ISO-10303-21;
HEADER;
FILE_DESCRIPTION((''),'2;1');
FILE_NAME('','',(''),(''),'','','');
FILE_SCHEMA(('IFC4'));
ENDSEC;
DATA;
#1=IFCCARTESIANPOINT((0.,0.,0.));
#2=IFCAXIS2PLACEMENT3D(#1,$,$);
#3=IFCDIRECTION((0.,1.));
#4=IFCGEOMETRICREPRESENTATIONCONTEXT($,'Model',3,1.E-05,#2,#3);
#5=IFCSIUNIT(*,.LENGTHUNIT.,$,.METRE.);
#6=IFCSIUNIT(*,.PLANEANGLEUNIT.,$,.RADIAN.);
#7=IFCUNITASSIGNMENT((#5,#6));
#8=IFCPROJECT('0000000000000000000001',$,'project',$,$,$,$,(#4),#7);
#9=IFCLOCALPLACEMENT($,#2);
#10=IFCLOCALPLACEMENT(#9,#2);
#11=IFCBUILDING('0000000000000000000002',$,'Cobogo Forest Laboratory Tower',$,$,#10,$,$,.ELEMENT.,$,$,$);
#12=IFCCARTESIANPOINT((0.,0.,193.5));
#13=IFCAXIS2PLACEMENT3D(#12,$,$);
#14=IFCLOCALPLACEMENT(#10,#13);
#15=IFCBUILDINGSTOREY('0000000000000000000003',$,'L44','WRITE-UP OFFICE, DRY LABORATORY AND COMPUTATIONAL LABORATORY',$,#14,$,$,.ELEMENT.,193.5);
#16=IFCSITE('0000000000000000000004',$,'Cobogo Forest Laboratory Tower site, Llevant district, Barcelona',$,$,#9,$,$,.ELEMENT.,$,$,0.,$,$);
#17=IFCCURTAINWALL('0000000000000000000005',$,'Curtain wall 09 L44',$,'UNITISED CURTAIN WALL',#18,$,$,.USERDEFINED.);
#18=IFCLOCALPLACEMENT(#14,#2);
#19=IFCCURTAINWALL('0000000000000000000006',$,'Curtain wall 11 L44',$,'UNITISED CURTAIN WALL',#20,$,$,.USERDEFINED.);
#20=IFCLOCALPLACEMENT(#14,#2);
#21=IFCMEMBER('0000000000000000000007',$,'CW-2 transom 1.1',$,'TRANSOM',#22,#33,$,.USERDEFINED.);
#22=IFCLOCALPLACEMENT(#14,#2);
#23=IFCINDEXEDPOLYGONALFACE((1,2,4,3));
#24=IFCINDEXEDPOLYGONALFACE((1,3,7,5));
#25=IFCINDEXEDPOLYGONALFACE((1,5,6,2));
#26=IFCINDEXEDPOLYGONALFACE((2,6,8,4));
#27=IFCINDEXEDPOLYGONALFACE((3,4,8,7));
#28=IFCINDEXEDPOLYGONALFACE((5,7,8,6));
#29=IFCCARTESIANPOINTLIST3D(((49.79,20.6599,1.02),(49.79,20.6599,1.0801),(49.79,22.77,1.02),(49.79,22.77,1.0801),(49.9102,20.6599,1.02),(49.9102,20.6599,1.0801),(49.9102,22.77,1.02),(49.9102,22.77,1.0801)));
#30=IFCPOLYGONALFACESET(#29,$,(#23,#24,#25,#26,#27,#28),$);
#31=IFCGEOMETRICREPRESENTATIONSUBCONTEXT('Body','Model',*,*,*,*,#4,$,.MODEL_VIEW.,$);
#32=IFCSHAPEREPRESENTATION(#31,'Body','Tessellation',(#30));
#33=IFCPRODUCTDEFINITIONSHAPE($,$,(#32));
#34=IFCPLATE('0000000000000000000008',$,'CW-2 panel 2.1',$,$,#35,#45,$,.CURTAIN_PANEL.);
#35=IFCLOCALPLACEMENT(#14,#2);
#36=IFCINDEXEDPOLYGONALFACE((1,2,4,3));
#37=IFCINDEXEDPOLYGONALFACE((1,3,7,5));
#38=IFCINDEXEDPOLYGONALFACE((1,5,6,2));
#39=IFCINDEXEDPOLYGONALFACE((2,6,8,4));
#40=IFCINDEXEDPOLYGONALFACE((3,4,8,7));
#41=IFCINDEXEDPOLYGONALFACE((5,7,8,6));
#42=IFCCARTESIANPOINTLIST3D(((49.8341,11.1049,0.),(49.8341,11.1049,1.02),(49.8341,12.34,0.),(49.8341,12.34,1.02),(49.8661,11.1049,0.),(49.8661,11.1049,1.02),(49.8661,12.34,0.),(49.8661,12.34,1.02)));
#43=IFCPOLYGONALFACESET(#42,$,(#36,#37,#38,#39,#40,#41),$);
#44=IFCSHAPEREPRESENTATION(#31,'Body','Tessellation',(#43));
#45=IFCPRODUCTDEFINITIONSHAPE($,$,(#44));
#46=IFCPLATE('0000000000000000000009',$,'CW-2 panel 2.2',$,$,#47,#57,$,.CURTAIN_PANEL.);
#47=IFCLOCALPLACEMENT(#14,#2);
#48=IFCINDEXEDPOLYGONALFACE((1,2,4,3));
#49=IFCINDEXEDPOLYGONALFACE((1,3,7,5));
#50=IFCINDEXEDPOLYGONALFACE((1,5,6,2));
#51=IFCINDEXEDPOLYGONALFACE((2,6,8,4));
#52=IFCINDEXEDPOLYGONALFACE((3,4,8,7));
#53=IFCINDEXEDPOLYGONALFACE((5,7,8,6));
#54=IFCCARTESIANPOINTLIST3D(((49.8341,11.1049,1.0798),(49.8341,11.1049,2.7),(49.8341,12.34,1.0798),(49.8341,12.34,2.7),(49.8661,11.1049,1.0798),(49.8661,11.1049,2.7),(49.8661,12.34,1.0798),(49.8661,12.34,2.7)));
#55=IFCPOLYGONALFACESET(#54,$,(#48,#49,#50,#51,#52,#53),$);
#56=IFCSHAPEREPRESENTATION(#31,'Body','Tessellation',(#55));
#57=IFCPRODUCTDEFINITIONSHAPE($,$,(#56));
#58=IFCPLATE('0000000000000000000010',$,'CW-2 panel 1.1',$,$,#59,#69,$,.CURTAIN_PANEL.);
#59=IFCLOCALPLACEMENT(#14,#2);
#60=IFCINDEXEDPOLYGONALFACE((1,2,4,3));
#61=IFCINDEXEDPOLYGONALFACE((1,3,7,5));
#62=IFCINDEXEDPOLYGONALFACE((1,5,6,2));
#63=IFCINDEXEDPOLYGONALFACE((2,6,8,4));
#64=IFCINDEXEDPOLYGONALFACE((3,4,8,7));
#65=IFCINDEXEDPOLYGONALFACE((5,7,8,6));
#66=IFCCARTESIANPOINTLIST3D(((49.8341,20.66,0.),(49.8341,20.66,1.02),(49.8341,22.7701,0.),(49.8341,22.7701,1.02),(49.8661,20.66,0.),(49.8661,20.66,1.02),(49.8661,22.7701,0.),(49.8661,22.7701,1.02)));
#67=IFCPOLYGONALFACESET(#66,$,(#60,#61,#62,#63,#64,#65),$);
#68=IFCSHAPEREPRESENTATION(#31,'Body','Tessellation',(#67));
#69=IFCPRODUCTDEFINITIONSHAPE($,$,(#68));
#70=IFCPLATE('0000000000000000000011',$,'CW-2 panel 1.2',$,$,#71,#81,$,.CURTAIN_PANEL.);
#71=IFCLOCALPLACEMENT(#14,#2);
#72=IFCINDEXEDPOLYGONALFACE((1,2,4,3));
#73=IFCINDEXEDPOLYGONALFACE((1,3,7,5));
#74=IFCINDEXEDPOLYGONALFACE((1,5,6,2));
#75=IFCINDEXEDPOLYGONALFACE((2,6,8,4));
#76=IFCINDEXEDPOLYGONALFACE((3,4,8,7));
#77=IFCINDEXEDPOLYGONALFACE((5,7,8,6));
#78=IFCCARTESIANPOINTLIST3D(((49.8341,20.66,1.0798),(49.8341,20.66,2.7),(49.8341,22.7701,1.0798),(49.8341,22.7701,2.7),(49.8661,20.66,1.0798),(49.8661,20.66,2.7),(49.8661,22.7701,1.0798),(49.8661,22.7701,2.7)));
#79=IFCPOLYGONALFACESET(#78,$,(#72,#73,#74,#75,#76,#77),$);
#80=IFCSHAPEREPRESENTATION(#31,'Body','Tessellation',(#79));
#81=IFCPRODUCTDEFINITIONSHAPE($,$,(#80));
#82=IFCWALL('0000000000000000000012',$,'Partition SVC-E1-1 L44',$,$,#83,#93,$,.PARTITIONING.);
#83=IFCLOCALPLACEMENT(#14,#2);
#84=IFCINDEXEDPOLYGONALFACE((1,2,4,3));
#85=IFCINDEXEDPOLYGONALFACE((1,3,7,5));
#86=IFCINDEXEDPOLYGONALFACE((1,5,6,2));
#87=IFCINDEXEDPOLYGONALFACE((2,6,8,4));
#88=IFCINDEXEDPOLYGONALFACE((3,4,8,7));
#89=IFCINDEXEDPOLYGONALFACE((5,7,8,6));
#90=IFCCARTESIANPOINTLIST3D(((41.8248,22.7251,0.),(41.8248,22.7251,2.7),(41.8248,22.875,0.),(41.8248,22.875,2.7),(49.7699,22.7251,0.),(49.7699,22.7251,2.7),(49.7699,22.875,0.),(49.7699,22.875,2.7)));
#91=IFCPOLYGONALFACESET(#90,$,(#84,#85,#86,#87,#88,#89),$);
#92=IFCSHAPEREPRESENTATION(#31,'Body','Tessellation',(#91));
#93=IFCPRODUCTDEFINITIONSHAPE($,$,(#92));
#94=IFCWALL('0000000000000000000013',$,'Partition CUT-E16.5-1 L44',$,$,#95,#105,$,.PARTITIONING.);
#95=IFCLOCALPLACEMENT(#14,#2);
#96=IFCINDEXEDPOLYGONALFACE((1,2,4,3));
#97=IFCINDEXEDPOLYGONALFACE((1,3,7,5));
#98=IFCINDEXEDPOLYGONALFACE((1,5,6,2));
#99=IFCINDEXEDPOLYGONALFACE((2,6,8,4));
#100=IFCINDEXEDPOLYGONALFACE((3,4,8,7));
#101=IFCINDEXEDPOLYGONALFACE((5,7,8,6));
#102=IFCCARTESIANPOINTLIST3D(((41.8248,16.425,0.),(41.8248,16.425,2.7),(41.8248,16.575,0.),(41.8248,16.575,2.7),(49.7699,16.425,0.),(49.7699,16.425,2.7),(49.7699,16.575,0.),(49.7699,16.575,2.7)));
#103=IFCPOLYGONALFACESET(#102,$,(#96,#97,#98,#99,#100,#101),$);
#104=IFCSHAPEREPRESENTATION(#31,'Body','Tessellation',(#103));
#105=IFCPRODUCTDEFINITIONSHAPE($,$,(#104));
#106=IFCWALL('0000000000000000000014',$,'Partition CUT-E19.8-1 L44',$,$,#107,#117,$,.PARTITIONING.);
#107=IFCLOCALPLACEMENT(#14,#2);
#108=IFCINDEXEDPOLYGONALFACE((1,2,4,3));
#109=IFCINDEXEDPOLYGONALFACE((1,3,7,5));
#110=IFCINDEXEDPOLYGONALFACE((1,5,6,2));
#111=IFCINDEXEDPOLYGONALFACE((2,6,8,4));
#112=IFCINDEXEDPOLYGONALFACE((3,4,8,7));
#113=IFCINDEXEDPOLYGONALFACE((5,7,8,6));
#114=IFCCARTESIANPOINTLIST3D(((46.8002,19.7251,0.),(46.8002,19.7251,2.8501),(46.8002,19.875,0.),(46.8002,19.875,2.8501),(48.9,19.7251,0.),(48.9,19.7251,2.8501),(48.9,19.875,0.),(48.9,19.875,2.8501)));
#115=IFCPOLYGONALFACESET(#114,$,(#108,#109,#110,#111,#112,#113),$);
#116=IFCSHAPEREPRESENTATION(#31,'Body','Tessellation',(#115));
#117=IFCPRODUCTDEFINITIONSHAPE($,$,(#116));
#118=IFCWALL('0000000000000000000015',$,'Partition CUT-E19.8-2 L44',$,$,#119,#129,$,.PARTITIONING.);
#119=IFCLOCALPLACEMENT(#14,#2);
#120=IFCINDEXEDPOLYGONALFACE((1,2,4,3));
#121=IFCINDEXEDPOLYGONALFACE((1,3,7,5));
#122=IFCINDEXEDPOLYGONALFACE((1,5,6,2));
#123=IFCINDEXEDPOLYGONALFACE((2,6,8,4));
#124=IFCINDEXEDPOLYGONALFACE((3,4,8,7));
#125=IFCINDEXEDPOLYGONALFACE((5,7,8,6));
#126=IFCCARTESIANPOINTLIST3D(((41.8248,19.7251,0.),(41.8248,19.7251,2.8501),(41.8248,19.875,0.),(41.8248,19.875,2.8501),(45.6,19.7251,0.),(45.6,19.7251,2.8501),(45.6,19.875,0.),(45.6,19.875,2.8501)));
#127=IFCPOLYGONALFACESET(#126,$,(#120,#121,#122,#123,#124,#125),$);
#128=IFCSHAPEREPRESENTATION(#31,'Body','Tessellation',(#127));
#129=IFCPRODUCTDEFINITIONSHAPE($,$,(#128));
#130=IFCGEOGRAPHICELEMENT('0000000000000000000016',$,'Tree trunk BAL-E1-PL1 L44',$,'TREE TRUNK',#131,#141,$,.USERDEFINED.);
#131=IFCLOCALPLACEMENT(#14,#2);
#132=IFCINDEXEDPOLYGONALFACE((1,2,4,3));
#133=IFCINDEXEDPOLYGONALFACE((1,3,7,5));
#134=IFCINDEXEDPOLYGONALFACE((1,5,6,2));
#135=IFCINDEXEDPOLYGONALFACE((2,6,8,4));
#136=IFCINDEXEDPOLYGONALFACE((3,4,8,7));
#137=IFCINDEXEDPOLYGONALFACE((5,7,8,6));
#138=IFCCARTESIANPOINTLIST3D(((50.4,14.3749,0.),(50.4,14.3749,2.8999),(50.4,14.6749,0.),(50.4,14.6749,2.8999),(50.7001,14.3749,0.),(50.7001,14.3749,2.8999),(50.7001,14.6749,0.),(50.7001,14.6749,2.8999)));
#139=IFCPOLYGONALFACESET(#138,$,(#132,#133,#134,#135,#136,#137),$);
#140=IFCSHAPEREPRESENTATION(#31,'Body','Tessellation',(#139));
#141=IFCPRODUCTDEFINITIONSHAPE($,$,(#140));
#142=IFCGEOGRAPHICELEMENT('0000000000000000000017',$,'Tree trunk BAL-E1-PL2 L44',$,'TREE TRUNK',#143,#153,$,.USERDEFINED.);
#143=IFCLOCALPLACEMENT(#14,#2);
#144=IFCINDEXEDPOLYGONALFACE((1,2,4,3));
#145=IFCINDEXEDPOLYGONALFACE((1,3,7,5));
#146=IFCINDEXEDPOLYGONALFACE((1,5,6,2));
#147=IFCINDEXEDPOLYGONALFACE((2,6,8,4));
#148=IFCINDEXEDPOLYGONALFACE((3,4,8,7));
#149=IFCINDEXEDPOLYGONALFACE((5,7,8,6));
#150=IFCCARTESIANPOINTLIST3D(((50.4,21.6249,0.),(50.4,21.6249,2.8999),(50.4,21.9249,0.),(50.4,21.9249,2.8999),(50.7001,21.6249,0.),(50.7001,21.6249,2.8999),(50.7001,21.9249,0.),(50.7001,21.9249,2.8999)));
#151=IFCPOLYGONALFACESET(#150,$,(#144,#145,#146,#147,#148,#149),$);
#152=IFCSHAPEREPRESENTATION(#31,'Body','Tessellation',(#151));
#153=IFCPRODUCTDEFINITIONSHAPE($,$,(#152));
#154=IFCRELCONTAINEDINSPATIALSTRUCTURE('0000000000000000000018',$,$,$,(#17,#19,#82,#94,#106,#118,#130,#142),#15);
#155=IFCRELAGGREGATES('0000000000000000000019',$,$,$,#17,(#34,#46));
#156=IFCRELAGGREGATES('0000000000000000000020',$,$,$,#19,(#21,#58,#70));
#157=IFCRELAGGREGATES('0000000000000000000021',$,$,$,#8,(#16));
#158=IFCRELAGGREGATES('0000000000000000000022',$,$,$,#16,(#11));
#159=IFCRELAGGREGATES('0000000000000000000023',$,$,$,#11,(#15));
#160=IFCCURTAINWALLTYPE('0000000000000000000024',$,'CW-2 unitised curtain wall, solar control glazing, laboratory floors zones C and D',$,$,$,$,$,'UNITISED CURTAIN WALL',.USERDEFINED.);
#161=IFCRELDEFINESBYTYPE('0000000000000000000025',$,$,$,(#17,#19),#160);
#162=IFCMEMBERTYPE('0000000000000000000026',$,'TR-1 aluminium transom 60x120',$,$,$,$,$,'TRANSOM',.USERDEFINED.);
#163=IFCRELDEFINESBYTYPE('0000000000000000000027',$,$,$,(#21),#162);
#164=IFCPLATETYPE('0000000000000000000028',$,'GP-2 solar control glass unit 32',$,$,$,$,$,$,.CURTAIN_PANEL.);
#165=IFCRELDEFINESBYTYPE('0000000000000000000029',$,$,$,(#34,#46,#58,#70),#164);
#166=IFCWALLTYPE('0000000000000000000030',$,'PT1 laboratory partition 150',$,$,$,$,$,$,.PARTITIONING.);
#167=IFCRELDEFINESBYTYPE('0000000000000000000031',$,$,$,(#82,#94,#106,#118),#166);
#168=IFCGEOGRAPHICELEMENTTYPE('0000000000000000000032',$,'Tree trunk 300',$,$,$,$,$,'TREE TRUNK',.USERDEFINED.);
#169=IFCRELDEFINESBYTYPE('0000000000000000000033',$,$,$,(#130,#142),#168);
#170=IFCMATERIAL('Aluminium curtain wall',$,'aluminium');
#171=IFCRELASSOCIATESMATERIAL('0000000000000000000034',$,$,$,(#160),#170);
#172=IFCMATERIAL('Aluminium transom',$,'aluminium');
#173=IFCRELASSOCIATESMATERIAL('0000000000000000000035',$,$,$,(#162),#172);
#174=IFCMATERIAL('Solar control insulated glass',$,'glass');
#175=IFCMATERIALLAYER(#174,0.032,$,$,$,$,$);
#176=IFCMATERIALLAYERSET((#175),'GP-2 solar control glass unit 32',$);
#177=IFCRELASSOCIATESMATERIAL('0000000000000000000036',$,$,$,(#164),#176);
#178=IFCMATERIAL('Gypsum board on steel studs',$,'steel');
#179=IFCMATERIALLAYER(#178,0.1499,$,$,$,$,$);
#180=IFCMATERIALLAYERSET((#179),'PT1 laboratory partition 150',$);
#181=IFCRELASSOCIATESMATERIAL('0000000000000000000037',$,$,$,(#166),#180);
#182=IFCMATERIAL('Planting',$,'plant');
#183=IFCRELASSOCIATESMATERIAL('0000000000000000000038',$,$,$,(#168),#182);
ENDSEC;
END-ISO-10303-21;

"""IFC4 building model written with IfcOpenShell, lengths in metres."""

from ifc_helpers import new_model, si_unit, direction, frame, frame_2d, origin, origin_2d, place, context, subcontext, project, spatial, rectangle, extrude, material, layer, layer_set, material_profile, profile_set, type_object, element, aggregate, save


model = new_model("IFC4")

# Units and contexts
model_context = context("Model", 3, precision=1e-05, world=origin(), true_north=direction((0.0, 1.0)))
body_context = subcontext(model_context, "Body", "Model", "MODEL_VIEW")
ifc_project = project(units=[si_unit("LENGTHUNIT", "METRE"), si_unit("PLANEANGLEUNIT", "RADIAN")], contexts=[model_context])

# Site, building, storey
site_placement = place(None, origin())
site = spatial("IfcSite", under=ifc_project, at=site_placement, Name="Cobogo Forest Laboratory Tower site, Llevant district, Barcelona", CompositionType="ELEMENT", RefElevation=0.0)
building_placement = place(site_placement, origin())
building = spatial("IfcBuilding", under=site, at=building_placement, Name="Cobogo Forest Laboratory Tower", CompositionType="ELEMENT")
storey_placement = place(building_placement, frame((0.0, 0.0, 193.5)))
storey = spatial("IfcBuildingStorey", under=building, at=storey_placement, Name="L44", Description="WRITE-UP OFFICE, DRY LABORATORY AND COMPUTATIONAL LABORATORY", CompositionType="ELEMENT", Elevation=193.5)

# Curtain wall
ifc_material_1 = material(Name="Aluminium curtain wall", Category="aluminium")
curtain_wall_type = type_object("IfcCurtainWallType", Name="CW-2 unitised curtain wall, solar control glazing, laboratory floors zones C and D", ElementType="UNITISED CURTAIN WALL", PredefinedType="USERDEFINED", material=ifc_material_1)
curtain_wall_1_placement = place(storey_placement, origin())
curtain_wall_1 = element("IfcCurtainWall", 1, at=curtain_wall_1_placement, inside=storey, type_object=curtain_wall_type, Name="Curtain wall 09 L44", ObjectType="UNITISED CURTAIN WALL", PredefinedType="USERDEFINED")

# Curtain wall
curtain_wall_2_placement = place(storey_placement, origin())
curtain_wall_2 = element("IfcCurtainWall", 2, at=curtain_wall_2_placement, inside=storey, type_object=curtain_wall_type, Name="Curtain wall 11 L44", ObjectType="UNITISED CURTAIN WALL", PredefinedType="USERDEFINED")

# Member
ifc_material_2 = material(Name="Aluminium transom", Category="aluminium")
ifc_material_profile_1 = material_profile(ifc_material_2, rectangle(XDim=0.1201, YDim=0.0601, at=origin_2d()), Name="AL 60x120")
ifc_profile_set_1 = profile_set([ifc_material_profile_1], Name="Aluminium transom")
member_type_1 = type_object("IfcMemberType", Name="TR-1 aluminium transom 60x120", ElementType="TRANSOM", PredefinedType="USERDEFINED", material=ifc_profile_set_1)
member_1_placement = place(storey_placement, frame((49.8501, 20.6599, 1.05), z_axis=(0.0, 1.0, 0.0), x_axis=(-1.0, 0.0, 0.0)))
member_1 = element("IfcMember", 3, at=member_1_placement, type_object=member_type_1, Name="CW-2 transom 1.1", ObjectType="TRANSOM", PredefinedType="USERDEFINED", context=body_context, shape_type="SweptSolid", body=[
    extrude(rectangle(XDim=0.1201, YDim=0.0601, at=origin_2d()), origin(), (0.0, 0.0, 1.0), 2.1101),
])

# Plates
ifc_material_3 = material(Name="Solar control insulated glass", Category="glass")
ifc_layer_1 = layer(ifc_material_3, 0.032)
ifc_layer_set_1 = layer_set([ifc_layer_1], Name="GP-2 solar control glass unit 32")
plate_type = type_object("IfcPlateType", Name="GP-2 solar control glass unit 32", PredefinedType="CURTAIN_PANEL", material=ifc_layer_set_1)
plate_1_placement = place(storey_placement, frame((49.8501, 11.7224, 0.0), z_axis=(0.0, 0.0, 1.0), x_axis=(0.0, 1.0, 0.0)))
plate_1 = element("IfcPlate", 4, at=plate_1_placement, type_object=plate_type, Name="CW-2 panel 2.1", PredefinedType="CURTAIN_PANEL", context=body_context, shape_type="SweptSolid", body=[
    extrude(rectangle(XDim=1.2351, YDim=0.032, at=origin_2d()), origin(), (0.0, 0.0, 1.0), 1.02),
])
plate_2_placement = place(storey_placement, frame((49.8501, 11.7224, 1.0798), z_axis=(0.0, 0.0, 1.0), x_axis=(0.0, 1.0, 0.0)))
plate_2 = element("IfcPlate", 5, at=plate_2_placement, type_object=plate_type, Name="CW-2 panel 2.2", PredefinedType="CURTAIN_PANEL", context=body_context, shape_type="SweptSolid", body=[
    extrude(rectangle(XDim=1.2351, YDim=0.032, at=origin_2d()), origin(), (0.0, 0.0, 1.0), 1.6201),
])
aggregate(curtain_wall_1, [plate_1, plate_2])
plate_3_placement = place(storey_placement, frame((49.8501, 21.7151, 0.0), z_axis=(0.0, 0.0, 1.0), x_axis=(0.0, 1.0, 0.0)))
plate_3 = element("IfcPlate", 6, at=plate_3_placement, type_object=plate_type, Name="CW-2 panel 1.1", PredefinedType="CURTAIN_PANEL", context=body_context, shape_type="SweptSolid", body=[
    extrude(rectangle(XDim=2.1101, YDim=0.032, at=origin_2d()), origin(), (0.0, 0.0, 1.0), 1.02),
])
plate_4_placement = place(storey_placement, frame((49.8501, 21.7151, 1.0798), z_axis=(0.0, 0.0, 1.0), x_axis=(0.0, 1.0, 0.0)))
plate_4 = element("IfcPlate", 7, at=plate_4_placement, type_object=plate_type, Name="CW-2 panel 1.2", PredefinedType="CURTAIN_PANEL", context=body_context, shape_type="SweptSolid", body=[
    extrude(rectangle(XDim=2.1101, YDim=0.032, at=origin_2d()), origin(), (0.0, 0.0, 1.0), 1.6201),
])
aggregate(curtain_wall_2, [member_1, plate_3, plate_4])

# Walls
ifc_material_4 = material(Name="Gypsum board on steel studs", Category="steel")
ifc_layer_2 = layer(ifc_material_4, 0.1499)
ifc_layer_set_2 = layer_set([ifc_layer_2], Name="PT1 laboratory partition 150")
wall_type_1 = type_object("IfcWallType", Name="PT1 laboratory partition 150", PredefinedType="PARTITIONING", material=ifc_layer_set_2)
for number, where, z_axis, x_axis, name in (
    (8, (49.77, 22.8, 0.0), (0.0, 0.0, 1.0), (-1.0, 0.0, 0.0), "Partition SVC-E1-1 L44"),
    (9, (49.77, 16.5, 0.0), (0.0, 0.0, 1.0), (-1.0, 0.0, 0.0), "Partition CUT-E16.5-1 L44"),
):
    element("IfcWall", number, at=place(storey_placement, frame(where, z_axis=z_axis, x_axis=x_axis)), inside=storey, type_object=wall_type_1, Name=name, PredefinedType="PARTITIONING", context=body_context, shape_type="SweptSolid", body=[
        extrude(rectangle(XDim=7.9451, YDim=0.1499, at=frame_2d((3.9727, 0.0))), origin(), (0.0, 0.0, 1.0), 2.7),
    ])
wall_1_placement = place(storey_placement, frame((48.8999, 19.8, 0.0), z_axis=(0.0, 0.0, 1.0), x_axis=(-1.0, 0.0, 0.0)))
element("IfcWall", 10, at=wall_1_placement, inside=storey, type_object=wall_type_1, Name="Partition CUT-E19.8-1 L44", PredefinedType="PARTITIONING", context=body_context, shape_type="SweptSolid", body=[
    extrude(rectangle(XDim=2.0999, YDim=0.1499, at=frame_2d((1.0498, 0.0))), origin(), (0.0, 0.0, 1.0), 2.8501),
])
wall_2_placement = place(storey_placement, frame((45.6001, 19.8, 0.0), z_axis=(0.0, 0.0, 1.0), x_axis=(-1.0, 0.0, 0.0)))
element("IfcWall", 11, at=wall_2_placement, inside=storey, type_object=wall_type_1, Name="Partition CUT-E19.8-2 L44", PredefinedType="PARTITIONING", context=body_context, shape_type="SweptSolid", body=[
    extrude(rectangle(XDim=3.7751, YDim=0.1499, at=frame_2d((1.8877, 0.0))), origin(), (0.0, 0.0, 1.0), 2.8501),
])

# Geographic elements
ifc_material_5 = material(Name="Planting", Category="plant")
geographic_element_type = type_object("IfcGeographicElementType", Name="Tree trunk 300", ElementType="TREE TRUNK", PredefinedType="USERDEFINED", material=ifc_material_5)
for number, where, z_axis, x_axis, name in (
    (12, (50.55, 14.5249, 0.0), (0.0, 0.0, 1.0), (1.0, 0.0, 0.0), "Tree trunk BAL-E1-PL1 L44"),
    (13, (50.55, 21.7749, 0.0), (0.0, 0.0, 1.0), (1.0, 0.0, 0.0), "Tree trunk BAL-E1-PL2 L44"),
):
    element("IfcGeographicElement", number, at=place(storey_placement, frame(where, z_axis=z_axis, x_axis=x_axis)), inside=storey, type_object=geographic_element_type, Name=name, ObjectType="TREE TRUNK", PredefinedType="USERDEFINED", context=body_context, shape_type="SweptSolid", body=[
        extrude(rectangle(XDim=0.3, YDim=0.3, at=origin_2d()), origin(), (0.0, 0.0, 1.0), 2.8999),
    ])

save(model, "model.ifc")
